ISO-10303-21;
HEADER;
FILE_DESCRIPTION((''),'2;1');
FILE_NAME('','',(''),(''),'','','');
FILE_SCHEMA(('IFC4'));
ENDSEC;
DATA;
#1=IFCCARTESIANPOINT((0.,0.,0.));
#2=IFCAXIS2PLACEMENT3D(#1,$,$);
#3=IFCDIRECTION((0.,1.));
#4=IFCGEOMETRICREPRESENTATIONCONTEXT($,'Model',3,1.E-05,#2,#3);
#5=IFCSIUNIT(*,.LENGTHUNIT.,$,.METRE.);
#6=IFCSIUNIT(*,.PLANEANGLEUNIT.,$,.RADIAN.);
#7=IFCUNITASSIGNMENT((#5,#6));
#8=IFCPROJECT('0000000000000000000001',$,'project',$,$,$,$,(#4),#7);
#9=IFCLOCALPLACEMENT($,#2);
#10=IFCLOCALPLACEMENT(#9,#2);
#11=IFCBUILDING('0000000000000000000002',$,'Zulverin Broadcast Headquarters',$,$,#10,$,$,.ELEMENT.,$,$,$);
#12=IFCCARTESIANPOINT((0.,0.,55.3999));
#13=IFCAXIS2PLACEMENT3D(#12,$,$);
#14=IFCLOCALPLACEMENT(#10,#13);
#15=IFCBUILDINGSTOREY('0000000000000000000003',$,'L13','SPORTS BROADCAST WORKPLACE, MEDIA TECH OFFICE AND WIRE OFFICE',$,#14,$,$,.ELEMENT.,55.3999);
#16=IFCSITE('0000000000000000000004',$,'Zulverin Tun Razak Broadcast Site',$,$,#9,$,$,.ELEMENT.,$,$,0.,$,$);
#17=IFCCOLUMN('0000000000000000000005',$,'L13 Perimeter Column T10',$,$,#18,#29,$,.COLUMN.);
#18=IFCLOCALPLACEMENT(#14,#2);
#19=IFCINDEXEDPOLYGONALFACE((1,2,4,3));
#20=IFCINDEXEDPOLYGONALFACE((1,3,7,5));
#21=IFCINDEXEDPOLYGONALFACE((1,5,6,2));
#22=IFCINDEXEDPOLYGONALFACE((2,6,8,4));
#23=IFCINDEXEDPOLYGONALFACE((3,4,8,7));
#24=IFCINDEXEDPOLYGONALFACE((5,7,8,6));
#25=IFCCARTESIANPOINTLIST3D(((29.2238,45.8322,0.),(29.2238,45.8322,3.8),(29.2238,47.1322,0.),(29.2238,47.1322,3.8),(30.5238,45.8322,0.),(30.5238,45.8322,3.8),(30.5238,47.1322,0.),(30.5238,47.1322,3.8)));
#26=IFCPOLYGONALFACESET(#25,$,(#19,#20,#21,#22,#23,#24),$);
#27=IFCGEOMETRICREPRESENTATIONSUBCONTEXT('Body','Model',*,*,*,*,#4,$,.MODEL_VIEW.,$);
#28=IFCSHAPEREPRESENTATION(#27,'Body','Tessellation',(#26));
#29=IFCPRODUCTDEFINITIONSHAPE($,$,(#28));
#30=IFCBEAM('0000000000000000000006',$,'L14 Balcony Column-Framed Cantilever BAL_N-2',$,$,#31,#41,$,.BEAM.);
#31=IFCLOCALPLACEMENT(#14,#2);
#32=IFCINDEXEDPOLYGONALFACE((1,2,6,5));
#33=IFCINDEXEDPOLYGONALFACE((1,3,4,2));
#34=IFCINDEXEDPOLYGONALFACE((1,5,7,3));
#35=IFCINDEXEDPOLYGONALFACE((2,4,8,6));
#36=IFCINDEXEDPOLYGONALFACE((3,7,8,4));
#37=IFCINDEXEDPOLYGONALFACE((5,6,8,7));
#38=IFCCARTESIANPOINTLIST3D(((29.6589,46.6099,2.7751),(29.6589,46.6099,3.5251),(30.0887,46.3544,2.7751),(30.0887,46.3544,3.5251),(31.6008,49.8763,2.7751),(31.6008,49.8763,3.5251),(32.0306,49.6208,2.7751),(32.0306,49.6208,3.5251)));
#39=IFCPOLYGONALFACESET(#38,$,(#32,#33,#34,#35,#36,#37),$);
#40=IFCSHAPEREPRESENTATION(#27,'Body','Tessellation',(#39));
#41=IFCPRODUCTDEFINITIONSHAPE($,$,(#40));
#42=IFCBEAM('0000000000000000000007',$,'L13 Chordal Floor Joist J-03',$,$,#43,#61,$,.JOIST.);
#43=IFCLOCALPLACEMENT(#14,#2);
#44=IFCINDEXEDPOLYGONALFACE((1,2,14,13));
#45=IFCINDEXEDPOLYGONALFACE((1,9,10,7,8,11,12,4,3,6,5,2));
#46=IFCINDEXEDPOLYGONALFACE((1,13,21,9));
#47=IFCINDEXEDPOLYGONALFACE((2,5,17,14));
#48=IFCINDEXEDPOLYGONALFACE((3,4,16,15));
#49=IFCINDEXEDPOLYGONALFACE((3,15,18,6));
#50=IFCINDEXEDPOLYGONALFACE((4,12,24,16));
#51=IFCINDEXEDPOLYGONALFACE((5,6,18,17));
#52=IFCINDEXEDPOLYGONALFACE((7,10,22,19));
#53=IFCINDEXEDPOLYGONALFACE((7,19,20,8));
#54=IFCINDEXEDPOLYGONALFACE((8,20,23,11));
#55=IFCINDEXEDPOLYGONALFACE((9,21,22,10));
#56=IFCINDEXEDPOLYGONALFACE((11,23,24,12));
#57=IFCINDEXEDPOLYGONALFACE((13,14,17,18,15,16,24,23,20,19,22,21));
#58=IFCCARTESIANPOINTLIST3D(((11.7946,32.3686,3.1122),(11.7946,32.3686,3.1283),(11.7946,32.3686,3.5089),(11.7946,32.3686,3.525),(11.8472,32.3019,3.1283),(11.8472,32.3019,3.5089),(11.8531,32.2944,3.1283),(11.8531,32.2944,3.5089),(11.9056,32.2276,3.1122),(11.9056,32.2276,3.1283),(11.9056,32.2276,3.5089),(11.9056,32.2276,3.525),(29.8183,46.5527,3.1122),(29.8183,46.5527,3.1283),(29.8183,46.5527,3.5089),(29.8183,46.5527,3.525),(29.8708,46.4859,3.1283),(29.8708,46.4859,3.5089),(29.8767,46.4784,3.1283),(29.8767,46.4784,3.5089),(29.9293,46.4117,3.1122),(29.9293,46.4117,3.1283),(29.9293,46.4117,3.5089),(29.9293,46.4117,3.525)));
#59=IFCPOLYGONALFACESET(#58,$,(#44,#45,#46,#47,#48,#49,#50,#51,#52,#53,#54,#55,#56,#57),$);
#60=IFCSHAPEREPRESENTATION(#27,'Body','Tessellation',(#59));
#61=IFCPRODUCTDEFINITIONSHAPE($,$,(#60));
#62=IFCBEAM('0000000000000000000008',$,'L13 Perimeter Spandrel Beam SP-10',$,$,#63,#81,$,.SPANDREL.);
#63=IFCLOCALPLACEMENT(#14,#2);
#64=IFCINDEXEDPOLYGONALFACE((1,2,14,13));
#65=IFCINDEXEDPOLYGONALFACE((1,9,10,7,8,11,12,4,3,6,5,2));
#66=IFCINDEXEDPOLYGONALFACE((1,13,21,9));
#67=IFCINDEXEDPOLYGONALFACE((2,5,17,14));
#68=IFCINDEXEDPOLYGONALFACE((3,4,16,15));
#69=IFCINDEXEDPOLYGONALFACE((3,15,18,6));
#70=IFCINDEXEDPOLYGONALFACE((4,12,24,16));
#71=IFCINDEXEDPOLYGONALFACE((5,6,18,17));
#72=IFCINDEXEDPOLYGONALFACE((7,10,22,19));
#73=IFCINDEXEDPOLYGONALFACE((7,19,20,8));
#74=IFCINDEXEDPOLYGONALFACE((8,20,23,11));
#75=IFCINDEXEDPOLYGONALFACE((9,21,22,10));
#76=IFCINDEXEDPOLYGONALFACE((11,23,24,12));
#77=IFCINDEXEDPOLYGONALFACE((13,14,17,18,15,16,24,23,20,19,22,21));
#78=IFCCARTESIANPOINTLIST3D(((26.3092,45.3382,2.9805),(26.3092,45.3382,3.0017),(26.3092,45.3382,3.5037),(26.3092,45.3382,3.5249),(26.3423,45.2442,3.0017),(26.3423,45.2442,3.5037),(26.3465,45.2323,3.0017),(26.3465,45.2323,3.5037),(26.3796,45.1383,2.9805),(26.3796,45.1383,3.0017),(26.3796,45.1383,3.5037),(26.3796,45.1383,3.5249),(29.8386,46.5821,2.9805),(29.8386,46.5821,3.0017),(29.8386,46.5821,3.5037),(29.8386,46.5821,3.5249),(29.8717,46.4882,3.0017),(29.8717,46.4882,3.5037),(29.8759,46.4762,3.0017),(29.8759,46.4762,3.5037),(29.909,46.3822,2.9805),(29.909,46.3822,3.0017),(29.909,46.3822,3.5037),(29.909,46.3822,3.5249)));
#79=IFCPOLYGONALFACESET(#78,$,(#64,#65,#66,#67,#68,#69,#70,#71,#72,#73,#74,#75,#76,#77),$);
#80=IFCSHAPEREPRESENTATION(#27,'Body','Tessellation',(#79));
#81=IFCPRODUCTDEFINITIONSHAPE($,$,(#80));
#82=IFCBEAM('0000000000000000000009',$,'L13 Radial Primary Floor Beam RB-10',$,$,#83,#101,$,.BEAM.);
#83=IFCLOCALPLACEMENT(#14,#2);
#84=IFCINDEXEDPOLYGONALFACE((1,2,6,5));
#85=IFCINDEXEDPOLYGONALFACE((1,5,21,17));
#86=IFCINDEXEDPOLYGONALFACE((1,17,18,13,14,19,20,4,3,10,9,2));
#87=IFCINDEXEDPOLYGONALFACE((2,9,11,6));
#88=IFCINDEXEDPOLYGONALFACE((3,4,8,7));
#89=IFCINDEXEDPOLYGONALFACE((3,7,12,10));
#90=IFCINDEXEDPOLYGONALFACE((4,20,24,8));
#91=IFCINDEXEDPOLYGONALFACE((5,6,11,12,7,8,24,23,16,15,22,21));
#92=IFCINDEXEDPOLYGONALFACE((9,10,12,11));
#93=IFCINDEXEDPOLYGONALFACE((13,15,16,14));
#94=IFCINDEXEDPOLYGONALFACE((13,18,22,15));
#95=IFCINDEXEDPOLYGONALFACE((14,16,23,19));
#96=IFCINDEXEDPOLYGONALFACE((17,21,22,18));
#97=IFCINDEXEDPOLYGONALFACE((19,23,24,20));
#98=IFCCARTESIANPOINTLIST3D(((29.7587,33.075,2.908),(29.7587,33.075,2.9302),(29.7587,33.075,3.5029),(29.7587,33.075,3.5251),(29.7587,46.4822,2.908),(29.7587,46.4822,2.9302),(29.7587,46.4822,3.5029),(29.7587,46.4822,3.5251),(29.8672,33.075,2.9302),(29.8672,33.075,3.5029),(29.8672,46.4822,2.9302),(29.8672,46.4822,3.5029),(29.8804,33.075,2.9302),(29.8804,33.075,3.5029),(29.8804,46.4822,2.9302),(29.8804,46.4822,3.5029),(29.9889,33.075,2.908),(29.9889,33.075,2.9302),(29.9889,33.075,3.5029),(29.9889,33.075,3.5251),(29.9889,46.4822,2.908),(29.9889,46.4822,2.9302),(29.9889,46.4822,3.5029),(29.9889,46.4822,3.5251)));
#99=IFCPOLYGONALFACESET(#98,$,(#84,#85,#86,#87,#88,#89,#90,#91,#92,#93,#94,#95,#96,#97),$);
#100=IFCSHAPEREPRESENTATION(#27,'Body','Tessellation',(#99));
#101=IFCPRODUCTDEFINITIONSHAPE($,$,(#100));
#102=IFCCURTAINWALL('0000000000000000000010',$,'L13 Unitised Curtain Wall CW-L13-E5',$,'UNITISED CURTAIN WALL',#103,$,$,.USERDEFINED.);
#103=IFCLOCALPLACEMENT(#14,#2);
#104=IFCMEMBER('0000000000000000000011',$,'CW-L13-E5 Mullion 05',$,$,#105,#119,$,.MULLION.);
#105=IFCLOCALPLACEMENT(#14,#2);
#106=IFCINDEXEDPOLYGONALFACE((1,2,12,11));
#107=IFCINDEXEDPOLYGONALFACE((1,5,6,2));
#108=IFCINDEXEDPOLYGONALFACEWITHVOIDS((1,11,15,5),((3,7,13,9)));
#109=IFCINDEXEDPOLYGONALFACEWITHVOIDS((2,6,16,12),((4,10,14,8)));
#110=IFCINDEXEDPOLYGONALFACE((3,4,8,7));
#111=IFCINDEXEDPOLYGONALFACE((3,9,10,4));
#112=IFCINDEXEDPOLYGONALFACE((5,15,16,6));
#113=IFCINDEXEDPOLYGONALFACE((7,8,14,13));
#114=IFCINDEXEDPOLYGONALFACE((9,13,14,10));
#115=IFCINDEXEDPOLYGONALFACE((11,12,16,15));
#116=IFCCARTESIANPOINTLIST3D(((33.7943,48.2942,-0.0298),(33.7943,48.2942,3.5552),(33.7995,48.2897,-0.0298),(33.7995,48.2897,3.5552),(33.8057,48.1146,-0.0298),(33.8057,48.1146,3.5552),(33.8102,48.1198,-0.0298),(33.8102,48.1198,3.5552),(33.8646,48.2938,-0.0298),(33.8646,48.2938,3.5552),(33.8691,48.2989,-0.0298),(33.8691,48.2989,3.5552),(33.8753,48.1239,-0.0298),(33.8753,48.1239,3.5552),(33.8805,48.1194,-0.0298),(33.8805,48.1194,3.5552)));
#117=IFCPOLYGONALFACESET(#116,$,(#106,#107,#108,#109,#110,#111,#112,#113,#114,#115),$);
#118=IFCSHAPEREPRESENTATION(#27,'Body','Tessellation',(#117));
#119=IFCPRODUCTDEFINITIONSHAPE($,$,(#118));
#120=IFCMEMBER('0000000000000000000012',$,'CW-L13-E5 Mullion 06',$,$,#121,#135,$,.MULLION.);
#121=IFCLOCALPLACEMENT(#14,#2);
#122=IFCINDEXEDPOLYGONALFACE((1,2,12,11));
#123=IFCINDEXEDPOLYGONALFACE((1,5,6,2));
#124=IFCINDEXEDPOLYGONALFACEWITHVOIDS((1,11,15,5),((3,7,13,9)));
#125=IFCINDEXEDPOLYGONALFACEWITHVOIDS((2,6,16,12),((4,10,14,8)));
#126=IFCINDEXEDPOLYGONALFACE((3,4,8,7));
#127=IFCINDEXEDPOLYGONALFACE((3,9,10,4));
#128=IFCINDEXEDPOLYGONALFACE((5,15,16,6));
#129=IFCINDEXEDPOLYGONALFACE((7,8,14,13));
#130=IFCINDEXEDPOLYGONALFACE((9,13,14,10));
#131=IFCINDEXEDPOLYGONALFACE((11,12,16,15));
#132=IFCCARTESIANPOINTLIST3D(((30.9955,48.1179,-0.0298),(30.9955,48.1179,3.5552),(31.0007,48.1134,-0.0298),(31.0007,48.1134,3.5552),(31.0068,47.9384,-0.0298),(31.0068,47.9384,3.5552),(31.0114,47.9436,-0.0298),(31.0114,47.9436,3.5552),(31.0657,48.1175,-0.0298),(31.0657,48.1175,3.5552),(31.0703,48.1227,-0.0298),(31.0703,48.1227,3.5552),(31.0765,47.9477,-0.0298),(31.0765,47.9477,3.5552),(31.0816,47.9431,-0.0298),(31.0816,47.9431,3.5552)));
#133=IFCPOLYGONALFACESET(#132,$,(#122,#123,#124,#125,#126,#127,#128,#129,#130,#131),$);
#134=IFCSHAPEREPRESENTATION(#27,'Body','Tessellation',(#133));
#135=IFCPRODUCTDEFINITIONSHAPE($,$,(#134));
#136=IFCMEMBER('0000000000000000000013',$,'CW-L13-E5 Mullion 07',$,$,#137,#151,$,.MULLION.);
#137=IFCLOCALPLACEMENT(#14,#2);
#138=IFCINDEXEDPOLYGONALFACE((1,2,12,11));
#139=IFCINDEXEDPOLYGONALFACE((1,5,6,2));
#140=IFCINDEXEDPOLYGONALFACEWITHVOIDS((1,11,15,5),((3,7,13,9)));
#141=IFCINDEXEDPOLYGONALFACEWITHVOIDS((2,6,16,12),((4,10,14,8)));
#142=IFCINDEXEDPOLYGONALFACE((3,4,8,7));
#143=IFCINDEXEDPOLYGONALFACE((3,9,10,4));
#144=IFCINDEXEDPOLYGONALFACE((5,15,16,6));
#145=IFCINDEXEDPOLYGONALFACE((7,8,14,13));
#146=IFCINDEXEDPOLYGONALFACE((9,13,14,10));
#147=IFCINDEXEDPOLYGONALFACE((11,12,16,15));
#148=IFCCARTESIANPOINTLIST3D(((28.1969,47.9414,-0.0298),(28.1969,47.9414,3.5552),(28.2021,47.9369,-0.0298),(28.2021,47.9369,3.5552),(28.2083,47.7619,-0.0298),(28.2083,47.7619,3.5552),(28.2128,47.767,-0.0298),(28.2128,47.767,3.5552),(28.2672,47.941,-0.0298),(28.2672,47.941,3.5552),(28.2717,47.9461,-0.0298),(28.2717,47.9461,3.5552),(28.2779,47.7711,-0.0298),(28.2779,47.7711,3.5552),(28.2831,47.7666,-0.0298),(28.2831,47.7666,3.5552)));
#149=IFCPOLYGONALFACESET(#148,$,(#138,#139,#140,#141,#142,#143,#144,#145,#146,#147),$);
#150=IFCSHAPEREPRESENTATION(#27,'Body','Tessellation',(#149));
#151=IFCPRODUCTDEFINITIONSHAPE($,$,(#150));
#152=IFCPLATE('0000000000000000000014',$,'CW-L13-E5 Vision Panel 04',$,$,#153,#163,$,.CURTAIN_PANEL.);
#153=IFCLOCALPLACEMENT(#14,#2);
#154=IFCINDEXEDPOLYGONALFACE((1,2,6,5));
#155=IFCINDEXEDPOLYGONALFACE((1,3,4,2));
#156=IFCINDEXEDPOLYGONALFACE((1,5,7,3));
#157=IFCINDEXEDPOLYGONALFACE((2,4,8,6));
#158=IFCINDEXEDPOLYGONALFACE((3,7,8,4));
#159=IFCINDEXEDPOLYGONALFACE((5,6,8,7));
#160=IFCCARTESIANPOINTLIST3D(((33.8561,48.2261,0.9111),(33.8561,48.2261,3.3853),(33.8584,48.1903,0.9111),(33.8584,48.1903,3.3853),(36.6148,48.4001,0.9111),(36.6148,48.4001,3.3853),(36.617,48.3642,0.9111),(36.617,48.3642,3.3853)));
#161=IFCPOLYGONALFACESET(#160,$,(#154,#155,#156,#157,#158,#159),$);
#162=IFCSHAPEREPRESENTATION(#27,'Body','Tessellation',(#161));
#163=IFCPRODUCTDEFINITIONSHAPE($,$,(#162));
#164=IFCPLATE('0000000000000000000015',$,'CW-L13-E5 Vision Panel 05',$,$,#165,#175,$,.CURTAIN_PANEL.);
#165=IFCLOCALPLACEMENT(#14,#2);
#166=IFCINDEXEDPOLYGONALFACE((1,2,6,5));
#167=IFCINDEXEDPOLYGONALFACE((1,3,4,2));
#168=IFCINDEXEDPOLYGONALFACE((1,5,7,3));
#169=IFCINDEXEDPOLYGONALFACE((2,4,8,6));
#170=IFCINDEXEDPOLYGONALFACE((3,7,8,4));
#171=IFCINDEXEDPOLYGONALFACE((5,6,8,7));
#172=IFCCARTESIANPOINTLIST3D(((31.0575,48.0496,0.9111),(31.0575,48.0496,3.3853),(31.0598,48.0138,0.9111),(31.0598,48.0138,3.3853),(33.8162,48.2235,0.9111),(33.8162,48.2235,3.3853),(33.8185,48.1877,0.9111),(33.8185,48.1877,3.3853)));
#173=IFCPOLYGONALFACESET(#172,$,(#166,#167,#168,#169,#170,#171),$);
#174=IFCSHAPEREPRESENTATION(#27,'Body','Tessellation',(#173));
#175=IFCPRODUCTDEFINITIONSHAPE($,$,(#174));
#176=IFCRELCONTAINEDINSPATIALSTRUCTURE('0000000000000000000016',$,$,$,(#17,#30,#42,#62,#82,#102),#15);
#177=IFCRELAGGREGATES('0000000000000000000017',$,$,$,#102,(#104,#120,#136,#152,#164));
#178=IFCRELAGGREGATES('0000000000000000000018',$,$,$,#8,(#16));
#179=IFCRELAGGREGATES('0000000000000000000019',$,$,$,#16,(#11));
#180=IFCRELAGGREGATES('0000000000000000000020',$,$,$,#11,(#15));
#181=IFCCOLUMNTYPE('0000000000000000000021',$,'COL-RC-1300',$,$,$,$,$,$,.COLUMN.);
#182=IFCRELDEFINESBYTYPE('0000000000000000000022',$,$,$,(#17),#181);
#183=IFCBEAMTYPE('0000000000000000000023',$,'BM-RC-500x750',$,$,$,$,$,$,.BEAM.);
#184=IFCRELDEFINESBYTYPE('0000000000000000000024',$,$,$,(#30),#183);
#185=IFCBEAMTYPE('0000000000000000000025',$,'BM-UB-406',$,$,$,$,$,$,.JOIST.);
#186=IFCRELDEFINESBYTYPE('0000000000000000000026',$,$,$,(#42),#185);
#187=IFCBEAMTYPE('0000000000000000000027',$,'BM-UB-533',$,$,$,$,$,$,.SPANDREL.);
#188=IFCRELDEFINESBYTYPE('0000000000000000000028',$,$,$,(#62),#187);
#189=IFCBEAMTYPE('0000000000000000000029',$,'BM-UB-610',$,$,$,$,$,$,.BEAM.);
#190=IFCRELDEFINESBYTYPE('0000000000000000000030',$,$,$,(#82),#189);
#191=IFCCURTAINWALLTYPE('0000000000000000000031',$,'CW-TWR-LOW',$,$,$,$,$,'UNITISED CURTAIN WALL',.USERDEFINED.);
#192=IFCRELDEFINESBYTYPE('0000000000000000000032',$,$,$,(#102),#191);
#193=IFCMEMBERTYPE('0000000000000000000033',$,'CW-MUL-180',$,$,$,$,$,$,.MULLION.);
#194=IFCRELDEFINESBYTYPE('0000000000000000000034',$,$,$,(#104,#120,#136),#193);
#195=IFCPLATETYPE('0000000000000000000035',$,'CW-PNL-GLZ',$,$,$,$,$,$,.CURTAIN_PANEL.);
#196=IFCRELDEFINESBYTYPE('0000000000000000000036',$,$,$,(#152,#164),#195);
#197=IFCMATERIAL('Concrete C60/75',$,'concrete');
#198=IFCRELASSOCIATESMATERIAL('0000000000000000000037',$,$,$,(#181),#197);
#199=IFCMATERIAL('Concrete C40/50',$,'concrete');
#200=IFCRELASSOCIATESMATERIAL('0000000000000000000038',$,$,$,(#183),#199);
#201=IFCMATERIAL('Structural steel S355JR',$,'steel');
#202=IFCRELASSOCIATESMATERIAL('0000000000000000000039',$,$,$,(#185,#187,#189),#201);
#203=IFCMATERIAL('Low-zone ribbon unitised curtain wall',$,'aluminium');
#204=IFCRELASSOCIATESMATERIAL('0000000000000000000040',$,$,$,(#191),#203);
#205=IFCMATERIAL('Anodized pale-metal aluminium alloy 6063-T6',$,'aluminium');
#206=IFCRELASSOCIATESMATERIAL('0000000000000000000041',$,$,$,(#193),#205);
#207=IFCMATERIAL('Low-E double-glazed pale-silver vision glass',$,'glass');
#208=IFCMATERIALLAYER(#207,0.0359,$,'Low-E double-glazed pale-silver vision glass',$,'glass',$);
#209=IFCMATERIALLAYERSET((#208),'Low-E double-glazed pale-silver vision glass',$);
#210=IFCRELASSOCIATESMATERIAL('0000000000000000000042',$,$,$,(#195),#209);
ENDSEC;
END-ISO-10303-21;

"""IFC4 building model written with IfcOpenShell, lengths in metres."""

from ifc_helpers import new_model, si_unit, direction, frame, origin, origin_2d, place, context, subcontext, project, spatial, rectangle, hollow_rectangle, i_section, extrude, material, layer, layer_set, material_profile, profile_set, type_object, element, aggregate, save


model = new_model("IFC4")

# Units and contexts
model_context = context("Model", 3, precision=1e-05, world=origin(), true_north=direction((0.0, 1.0)))
body_context = subcontext(model_context, "Body", "Model", "MODEL_VIEW")
ifc_project = project(units=[si_unit("LENGTHUNIT", "METRE"), si_unit("PLANEANGLEUNIT", "RADIAN")], contexts=[model_context])

# Site, building, storey
site_placement = place(None, origin())
site = spatial("IfcSite", under=ifc_project, at=site_placement, Name="Zulverin Tun Razak Broadcast Site", CompositionType="ELEMENT", RefElevation=0.0)
building_placement = place(site_placement, origin())
building = spatial("IfcBuilding", under=site, at=building_placement, Name="Zulverin Broadcast Headquarters", CompositionType="ELEMENT")
storey_placement = place(building_placement, frame((0.0, 0.0, 55.3999)))
storey = spatial("IfcBuildingStorey", under=building, at=storey_placement, Name="L13", Description="SPORTS BROADCAST WORKPLACE, MEDIA TECH OFFICE AND WIRE OFFICE", CompositionType="ELEMENT", Elevation=55.3999)

# Column
ifc_material_1 = material(Name="Concrete C60/75", Category="concrete")
ifc_material_profile_1 = material_profile(ifc_material_1, rectangle(XDim=1.3, YDim=1.3, at=origin_2d()), Name="Concrete C60/75", Category="concrete")
ifc_profile_set_1 = profile_set([ifc_material_profile_1], Name="Concrete C60/75")
column_type = type_object("IfcColumnType", Name="COL-RC-1300", PredefinedType="COLUMN", material=ifc_profile_set_1)
column_placement = place(storey_placement, frame((29.8738, 46.4822, 0.0), z_axis=(0.0, 0.0, 1.0), x_axis=(1.0, 0.0, 0.0)))
element("IfcColumn", 1, at=column_placement, inside=storey, type_object=column_type, Name="L13 Perimeter Column T10", PredefinedType="COLUMN", context=body_context, shape_type="SweptSolid", body=[
    extrude(rectangle(XDim=1.3, YDim=1.3, at=origin_2d()), origin(), (0.0, 0.0, 1.0), 3.8),
])

# Beams
ifc_material_2 = material(Name="Concrete C40/50", Category="concrete")
ifc_material_profile_2 = material_profile(ifc_material_2, rectangle(XDim=0.5, YDim=0.75, at=origin_2d()), Name="Concrete C40/50", Category="concrete")
ifc_profile_set_2 = profile_set([ifc_material_profile_2], Name="Concrete C40/50")
beam_type_1 = type_object("IfcBeamType", Name="BM-RC-500x750", PredefinedType="BEAM", material=ifc_profile_set_2)
beam_1_placement = place(storey_placement, frame((29.8738, 46.4822, 3.1501), z_axis=(0.511024, 0.859566, 0.0), x_axis=(-0.859566, 0.511024, 0.0)))
element("IfcBeam", 2, at=beam_1_placement, inside=storey, type_object=beam_type_1, Name="L14 Balcony Column-Framed Cantilever BAL_N-2", PredefinedType="BEAM", context=body_context, shape_type="SweptSolid", body=[
    extrude(rectangle(XDim=0.5, YDim=0.75, at=origin_2d()), origin(), (0.0, 0.0, 1.0), 3.8),
])
ifc_material_3 = material(Name="Structural steel S355JR", Category="steel")
ifc_material_profile_3 = material_profile(ifc_material_3, i_section(OverallWidth=0.1794, OverallDepth=0.4128, WebThickness=0.0095, FlangeThickness=0.0161, at=origin_2d()), Name="Structural steel S355JR", Category="steel")
ifc_profile_set_3 = profile_set([ifc_material_profile_3], Name="Structural steel S355JR")
beam_type_2 = type_object("IfcBeamType", Name="BM-UB-406", PredefinedType="JOIST", material=ifc_profile_set_3)
beam_2_placement = place(storey_placement, frame((29.8738, 46.4822, 3.3186), z_axis=(-0.785839, -0.618431, 0.0), x_axis=(0.618431, -0.785839, 0.0)))
element("IfcBeam", 3, at=beam_2_placement, inside=storey, type_object=beam_type_2, Name="L13 Chordal Floor Joist J-03", PredefinedType="JOIST", context=body_context, shape_type="SweptSolid", body=[
    extrude(i_section(OverallWidth=0.1794, OverallDepth=0.4128, WebThickness=0.0095, FlangeThickness=0.0161, at=origin_2d()), origin(), (0.0, 0.0, 1.0), 22.9355),
])
ifc_material_profile_4 = material_profile(ifc_material_3, i_section(OverallWidth=0.2119, OverallDepth=0.5444, WebThickness=0.0127, FlangeThickness=0.0212, at=origin_2d()), Name="Structural steel S355JR", Category="steel")
ifc_profile_set_4 = profile_set([ifc_material_profile_4], Name="Structural steel S355JR")
beam_type_3 = type_object("IfcBeamType", Name="BM-UB-533", PredefinedType="SPANDREL", material=ifc_profile_set_4)
beam_3_placement = place(storey_placement, frame((29.8738, 46.4822, 3.2527), z_axis=(-0.943136, -0.332407, 0.0), x_axis=(0.332407, -0.943136, 0.0)))
element("IfcBeam", 4, at=beam_3_placement, inside=storey, type_object=beam_type_3, Name="L13 Perimeter Spandrel Beam SP-10", PredefinedType="SPANDREL", context=body_context, shape_type="SweptSolid", body=[
    extrude(i_section(OverallWidth=0.2119, OverallDepth=0.5444, WebThickness=0.0127, FlangeThickness=0.0212, at=origin_2d()), origin(), (0.0, 0.0, 1.0), 3.7422),
])
ifc_material_profile_5 = material_profile(ifc_material_3, i_section(OverallWidth=0.2302, OverallDepth=0.6172, WebThickness=0.0132, FlangeThickness=0.0222, at=origin_2d()), Name="Structural steel S355JR", Category="steel")
ifc_profile_set_5 = profile_set([ifc_material_profile_5], Name="Structural steel S355JR")
beam_type_4 = type_object("IfcBeamType", Name="BM-UB-610", PredefinedType="BEAM", material=ifc_profile_set_5)
beam_4_placement = place(storey_placement, frame((29.8738, 33.075, 3.2166), z_axis=(0.0, 1.0, 0.0), x_axis=(-1.0, 0.0, 0.0)))
element("IfcBeam", 5, at=beam_4_placement, inside=storey, type_object=beam_type_4, Name="L13 Radial Primary Floor Beam RB-10", PredefinedType="BEAM", context=body_context, shape_type="SweptSolid", body=[
    extrude(i_section(OverallWidth=0.2302, OverallDepth=0.6172, WebThickness=0.0132, FlangeThickness=0.0222, at=origin_2d()), origin(), (0.0, 0.0, 1.0), 13.4072),
])

# Curtain wall, members, plates
ifc_material_4 = material(Name="Low-zone ribbon unitised curtain wall", Category="aluminium")
curtain_wall_type = type_object("IfcCurtainWallType", Name="CW-TWR-LOW", ElementType="UNITISED CURTAIN WALL", PredefinedType="USERDEFINED", material=ifc_material_4)
curtain_wall_placement = place(storey_placement, origin())
curtain_wall = element("IfcCurtainWall", 6, at=curtain_wall_placement, inside=storey, type_object=curtain_wall_type, Name="L13 Unitised Curtain Wall CW-L13-E5", ObjectType="UNITISED CURTAIN WALL", PredefinedType="USERDEFINED")
ifc_material_5 = material(Name="Anodized pale-metal aluminium alloy 6063-T6", Category="aluminium")
ifc_material_profile_6 = material_profile(ifc_material_5, hollow_rectangle(XDim=0.075, YDim=0.1799, WallThickness=0.0049, at=origin_2d()), Name="Anodized pale-metal aluminium alloy 6063-T6", Category="aluminium")
ifc_profile_set_6 = profile_set([ifc_material_profile_6], Name="Anodized pale-metal aluminium alloy 6063-T6")
member_type = type_object("IfcMemberType", Name="CW-MUL-180", PredefinedType="MULLION", material=ifc_profile_set_6)
member_1_placement = place(storey_placement, frame((33.8374, 48.2068, -0.0298), z_axis=(0.0, 0.0, 1.0), x_axis=(-0.998018, -0.062935, 0.0)))
member_1 = element("IfcMember", 7, at=member_1_placement, type_object=member_type, Name="CW-L13-E5 Mullion 05", PredefinedType="MULLION", context=body_context, shape_type="SweptSolid", body=[
    extrude(hollow_rectangle(XDim=0.075, YDim=0.1799, WallThickness=0.0049, at=origin_2d()), origin(), (0.0, 0.0, 1.0), 3.585),
])
member_2_placement = place(storey_placement, frame((31.0386, 48.0305, -0.0298), z_axis=(0.0, 0.0, 1.0), x_axis=(-0.998018, -0.062935, 0.0)))
member_2 = element("IfcMember", 8, at=member_2_placement, type_object=member_type, Name="CW-L13-E5 Mullion 06", PredefinedType="MULLION", context=body_context, shape_type="SweptSolid", body=[
    extrude(hollow_rectangle(XDim=0.075, YDim=0.1799, WallThickness=0.0049, at=origin_2d()), origin(), (0.0, 0.0, 1.0), 3.585),
])
member_3_placement = place(storey_placement, frame((28.24, 47.854, -0.0298), z_axis=(0.0, 0.0, 1.0), x_axis=(-0.998018, -0.062935, 0.0)))
member_3 = element("IfcMember", 9, at=member_3_placement, type_object=member_type, Name="CW-L13-E5 Mullion 07", PredefinedType="MULLION", context=body_context, shape_type="SweptSolid", body=[
    extrude(hollow_rectangle(XDim=0.075, YDim=0.1799, WallThickness=0.0049, at=origin_2d()), origin(), (0.0, 0.0, 1.0), 3.585),
])
ifc_material_6 = material(Name="Low-E double-glazed pale-silver vision glass", Category="glass")
ifc_layer_1 = layer(ifc_material_6, 0.0359, Name="Low-E double-glazed pale-silver vision glass", Category="glass")
ifc_layer_set_1 = layer_set([ifc_layer_1], Name="Low-E double-glazed pale-silver vision glass")
plate_type_1 = type_object("IfcPlateType", Name="CW-PNL-GLZ", PredefinedType="CURTAIN_PANEL", material=ifc_layer_set_1)
plate_1_placement = place(storey_placement, frame((35.2366, 48.2952, 0.9111), z_axis=(0.0, 0.0, 1.0), x_axis=(-0.998018, -0.062935, 0.0)))
plate_1 = element("IfcPlate", 10, at=plate_1_placement, type_object=plate_type_1, Name="CW-L13-E5 Vision Panel 04", PredefinedType="CURTAIN_PANEL", context=body_context, shape_type="SweptSolid", body=[
    extrude(rectangle(XDim=2.7642, YDim=0.0359, at=origin_2d()), origin(), (0.0, 0.0, 1.0), 2.4741),
])
plate_2_placement = place(storey_placement, frame((32.438, 48.1187, 0.9111), z_axis=(0.0, 0.0, 1.0), x_axis=(-0.998018, -0.062935, 0.0)))
plate_2 = element("IfcPlate", 11, at=plate_2_placement, type_object=plate_type_1, Name="CW-L13-E5 Vision Panel 05", PredefinedType="CURTAIN_PANEL", context=body_context, shape_type="SweptSolid", body=[
    extrude(rectangle(XDim=2.7642, YDim=0.0359, at=origin_2d()), origin(), (0.0, 0.0, 1.0), 2.4741),
])
aggregate(curtain_wall, [member_1, member_2, member_3, plate_1, plate_2])

save(model, "model.ifc")
